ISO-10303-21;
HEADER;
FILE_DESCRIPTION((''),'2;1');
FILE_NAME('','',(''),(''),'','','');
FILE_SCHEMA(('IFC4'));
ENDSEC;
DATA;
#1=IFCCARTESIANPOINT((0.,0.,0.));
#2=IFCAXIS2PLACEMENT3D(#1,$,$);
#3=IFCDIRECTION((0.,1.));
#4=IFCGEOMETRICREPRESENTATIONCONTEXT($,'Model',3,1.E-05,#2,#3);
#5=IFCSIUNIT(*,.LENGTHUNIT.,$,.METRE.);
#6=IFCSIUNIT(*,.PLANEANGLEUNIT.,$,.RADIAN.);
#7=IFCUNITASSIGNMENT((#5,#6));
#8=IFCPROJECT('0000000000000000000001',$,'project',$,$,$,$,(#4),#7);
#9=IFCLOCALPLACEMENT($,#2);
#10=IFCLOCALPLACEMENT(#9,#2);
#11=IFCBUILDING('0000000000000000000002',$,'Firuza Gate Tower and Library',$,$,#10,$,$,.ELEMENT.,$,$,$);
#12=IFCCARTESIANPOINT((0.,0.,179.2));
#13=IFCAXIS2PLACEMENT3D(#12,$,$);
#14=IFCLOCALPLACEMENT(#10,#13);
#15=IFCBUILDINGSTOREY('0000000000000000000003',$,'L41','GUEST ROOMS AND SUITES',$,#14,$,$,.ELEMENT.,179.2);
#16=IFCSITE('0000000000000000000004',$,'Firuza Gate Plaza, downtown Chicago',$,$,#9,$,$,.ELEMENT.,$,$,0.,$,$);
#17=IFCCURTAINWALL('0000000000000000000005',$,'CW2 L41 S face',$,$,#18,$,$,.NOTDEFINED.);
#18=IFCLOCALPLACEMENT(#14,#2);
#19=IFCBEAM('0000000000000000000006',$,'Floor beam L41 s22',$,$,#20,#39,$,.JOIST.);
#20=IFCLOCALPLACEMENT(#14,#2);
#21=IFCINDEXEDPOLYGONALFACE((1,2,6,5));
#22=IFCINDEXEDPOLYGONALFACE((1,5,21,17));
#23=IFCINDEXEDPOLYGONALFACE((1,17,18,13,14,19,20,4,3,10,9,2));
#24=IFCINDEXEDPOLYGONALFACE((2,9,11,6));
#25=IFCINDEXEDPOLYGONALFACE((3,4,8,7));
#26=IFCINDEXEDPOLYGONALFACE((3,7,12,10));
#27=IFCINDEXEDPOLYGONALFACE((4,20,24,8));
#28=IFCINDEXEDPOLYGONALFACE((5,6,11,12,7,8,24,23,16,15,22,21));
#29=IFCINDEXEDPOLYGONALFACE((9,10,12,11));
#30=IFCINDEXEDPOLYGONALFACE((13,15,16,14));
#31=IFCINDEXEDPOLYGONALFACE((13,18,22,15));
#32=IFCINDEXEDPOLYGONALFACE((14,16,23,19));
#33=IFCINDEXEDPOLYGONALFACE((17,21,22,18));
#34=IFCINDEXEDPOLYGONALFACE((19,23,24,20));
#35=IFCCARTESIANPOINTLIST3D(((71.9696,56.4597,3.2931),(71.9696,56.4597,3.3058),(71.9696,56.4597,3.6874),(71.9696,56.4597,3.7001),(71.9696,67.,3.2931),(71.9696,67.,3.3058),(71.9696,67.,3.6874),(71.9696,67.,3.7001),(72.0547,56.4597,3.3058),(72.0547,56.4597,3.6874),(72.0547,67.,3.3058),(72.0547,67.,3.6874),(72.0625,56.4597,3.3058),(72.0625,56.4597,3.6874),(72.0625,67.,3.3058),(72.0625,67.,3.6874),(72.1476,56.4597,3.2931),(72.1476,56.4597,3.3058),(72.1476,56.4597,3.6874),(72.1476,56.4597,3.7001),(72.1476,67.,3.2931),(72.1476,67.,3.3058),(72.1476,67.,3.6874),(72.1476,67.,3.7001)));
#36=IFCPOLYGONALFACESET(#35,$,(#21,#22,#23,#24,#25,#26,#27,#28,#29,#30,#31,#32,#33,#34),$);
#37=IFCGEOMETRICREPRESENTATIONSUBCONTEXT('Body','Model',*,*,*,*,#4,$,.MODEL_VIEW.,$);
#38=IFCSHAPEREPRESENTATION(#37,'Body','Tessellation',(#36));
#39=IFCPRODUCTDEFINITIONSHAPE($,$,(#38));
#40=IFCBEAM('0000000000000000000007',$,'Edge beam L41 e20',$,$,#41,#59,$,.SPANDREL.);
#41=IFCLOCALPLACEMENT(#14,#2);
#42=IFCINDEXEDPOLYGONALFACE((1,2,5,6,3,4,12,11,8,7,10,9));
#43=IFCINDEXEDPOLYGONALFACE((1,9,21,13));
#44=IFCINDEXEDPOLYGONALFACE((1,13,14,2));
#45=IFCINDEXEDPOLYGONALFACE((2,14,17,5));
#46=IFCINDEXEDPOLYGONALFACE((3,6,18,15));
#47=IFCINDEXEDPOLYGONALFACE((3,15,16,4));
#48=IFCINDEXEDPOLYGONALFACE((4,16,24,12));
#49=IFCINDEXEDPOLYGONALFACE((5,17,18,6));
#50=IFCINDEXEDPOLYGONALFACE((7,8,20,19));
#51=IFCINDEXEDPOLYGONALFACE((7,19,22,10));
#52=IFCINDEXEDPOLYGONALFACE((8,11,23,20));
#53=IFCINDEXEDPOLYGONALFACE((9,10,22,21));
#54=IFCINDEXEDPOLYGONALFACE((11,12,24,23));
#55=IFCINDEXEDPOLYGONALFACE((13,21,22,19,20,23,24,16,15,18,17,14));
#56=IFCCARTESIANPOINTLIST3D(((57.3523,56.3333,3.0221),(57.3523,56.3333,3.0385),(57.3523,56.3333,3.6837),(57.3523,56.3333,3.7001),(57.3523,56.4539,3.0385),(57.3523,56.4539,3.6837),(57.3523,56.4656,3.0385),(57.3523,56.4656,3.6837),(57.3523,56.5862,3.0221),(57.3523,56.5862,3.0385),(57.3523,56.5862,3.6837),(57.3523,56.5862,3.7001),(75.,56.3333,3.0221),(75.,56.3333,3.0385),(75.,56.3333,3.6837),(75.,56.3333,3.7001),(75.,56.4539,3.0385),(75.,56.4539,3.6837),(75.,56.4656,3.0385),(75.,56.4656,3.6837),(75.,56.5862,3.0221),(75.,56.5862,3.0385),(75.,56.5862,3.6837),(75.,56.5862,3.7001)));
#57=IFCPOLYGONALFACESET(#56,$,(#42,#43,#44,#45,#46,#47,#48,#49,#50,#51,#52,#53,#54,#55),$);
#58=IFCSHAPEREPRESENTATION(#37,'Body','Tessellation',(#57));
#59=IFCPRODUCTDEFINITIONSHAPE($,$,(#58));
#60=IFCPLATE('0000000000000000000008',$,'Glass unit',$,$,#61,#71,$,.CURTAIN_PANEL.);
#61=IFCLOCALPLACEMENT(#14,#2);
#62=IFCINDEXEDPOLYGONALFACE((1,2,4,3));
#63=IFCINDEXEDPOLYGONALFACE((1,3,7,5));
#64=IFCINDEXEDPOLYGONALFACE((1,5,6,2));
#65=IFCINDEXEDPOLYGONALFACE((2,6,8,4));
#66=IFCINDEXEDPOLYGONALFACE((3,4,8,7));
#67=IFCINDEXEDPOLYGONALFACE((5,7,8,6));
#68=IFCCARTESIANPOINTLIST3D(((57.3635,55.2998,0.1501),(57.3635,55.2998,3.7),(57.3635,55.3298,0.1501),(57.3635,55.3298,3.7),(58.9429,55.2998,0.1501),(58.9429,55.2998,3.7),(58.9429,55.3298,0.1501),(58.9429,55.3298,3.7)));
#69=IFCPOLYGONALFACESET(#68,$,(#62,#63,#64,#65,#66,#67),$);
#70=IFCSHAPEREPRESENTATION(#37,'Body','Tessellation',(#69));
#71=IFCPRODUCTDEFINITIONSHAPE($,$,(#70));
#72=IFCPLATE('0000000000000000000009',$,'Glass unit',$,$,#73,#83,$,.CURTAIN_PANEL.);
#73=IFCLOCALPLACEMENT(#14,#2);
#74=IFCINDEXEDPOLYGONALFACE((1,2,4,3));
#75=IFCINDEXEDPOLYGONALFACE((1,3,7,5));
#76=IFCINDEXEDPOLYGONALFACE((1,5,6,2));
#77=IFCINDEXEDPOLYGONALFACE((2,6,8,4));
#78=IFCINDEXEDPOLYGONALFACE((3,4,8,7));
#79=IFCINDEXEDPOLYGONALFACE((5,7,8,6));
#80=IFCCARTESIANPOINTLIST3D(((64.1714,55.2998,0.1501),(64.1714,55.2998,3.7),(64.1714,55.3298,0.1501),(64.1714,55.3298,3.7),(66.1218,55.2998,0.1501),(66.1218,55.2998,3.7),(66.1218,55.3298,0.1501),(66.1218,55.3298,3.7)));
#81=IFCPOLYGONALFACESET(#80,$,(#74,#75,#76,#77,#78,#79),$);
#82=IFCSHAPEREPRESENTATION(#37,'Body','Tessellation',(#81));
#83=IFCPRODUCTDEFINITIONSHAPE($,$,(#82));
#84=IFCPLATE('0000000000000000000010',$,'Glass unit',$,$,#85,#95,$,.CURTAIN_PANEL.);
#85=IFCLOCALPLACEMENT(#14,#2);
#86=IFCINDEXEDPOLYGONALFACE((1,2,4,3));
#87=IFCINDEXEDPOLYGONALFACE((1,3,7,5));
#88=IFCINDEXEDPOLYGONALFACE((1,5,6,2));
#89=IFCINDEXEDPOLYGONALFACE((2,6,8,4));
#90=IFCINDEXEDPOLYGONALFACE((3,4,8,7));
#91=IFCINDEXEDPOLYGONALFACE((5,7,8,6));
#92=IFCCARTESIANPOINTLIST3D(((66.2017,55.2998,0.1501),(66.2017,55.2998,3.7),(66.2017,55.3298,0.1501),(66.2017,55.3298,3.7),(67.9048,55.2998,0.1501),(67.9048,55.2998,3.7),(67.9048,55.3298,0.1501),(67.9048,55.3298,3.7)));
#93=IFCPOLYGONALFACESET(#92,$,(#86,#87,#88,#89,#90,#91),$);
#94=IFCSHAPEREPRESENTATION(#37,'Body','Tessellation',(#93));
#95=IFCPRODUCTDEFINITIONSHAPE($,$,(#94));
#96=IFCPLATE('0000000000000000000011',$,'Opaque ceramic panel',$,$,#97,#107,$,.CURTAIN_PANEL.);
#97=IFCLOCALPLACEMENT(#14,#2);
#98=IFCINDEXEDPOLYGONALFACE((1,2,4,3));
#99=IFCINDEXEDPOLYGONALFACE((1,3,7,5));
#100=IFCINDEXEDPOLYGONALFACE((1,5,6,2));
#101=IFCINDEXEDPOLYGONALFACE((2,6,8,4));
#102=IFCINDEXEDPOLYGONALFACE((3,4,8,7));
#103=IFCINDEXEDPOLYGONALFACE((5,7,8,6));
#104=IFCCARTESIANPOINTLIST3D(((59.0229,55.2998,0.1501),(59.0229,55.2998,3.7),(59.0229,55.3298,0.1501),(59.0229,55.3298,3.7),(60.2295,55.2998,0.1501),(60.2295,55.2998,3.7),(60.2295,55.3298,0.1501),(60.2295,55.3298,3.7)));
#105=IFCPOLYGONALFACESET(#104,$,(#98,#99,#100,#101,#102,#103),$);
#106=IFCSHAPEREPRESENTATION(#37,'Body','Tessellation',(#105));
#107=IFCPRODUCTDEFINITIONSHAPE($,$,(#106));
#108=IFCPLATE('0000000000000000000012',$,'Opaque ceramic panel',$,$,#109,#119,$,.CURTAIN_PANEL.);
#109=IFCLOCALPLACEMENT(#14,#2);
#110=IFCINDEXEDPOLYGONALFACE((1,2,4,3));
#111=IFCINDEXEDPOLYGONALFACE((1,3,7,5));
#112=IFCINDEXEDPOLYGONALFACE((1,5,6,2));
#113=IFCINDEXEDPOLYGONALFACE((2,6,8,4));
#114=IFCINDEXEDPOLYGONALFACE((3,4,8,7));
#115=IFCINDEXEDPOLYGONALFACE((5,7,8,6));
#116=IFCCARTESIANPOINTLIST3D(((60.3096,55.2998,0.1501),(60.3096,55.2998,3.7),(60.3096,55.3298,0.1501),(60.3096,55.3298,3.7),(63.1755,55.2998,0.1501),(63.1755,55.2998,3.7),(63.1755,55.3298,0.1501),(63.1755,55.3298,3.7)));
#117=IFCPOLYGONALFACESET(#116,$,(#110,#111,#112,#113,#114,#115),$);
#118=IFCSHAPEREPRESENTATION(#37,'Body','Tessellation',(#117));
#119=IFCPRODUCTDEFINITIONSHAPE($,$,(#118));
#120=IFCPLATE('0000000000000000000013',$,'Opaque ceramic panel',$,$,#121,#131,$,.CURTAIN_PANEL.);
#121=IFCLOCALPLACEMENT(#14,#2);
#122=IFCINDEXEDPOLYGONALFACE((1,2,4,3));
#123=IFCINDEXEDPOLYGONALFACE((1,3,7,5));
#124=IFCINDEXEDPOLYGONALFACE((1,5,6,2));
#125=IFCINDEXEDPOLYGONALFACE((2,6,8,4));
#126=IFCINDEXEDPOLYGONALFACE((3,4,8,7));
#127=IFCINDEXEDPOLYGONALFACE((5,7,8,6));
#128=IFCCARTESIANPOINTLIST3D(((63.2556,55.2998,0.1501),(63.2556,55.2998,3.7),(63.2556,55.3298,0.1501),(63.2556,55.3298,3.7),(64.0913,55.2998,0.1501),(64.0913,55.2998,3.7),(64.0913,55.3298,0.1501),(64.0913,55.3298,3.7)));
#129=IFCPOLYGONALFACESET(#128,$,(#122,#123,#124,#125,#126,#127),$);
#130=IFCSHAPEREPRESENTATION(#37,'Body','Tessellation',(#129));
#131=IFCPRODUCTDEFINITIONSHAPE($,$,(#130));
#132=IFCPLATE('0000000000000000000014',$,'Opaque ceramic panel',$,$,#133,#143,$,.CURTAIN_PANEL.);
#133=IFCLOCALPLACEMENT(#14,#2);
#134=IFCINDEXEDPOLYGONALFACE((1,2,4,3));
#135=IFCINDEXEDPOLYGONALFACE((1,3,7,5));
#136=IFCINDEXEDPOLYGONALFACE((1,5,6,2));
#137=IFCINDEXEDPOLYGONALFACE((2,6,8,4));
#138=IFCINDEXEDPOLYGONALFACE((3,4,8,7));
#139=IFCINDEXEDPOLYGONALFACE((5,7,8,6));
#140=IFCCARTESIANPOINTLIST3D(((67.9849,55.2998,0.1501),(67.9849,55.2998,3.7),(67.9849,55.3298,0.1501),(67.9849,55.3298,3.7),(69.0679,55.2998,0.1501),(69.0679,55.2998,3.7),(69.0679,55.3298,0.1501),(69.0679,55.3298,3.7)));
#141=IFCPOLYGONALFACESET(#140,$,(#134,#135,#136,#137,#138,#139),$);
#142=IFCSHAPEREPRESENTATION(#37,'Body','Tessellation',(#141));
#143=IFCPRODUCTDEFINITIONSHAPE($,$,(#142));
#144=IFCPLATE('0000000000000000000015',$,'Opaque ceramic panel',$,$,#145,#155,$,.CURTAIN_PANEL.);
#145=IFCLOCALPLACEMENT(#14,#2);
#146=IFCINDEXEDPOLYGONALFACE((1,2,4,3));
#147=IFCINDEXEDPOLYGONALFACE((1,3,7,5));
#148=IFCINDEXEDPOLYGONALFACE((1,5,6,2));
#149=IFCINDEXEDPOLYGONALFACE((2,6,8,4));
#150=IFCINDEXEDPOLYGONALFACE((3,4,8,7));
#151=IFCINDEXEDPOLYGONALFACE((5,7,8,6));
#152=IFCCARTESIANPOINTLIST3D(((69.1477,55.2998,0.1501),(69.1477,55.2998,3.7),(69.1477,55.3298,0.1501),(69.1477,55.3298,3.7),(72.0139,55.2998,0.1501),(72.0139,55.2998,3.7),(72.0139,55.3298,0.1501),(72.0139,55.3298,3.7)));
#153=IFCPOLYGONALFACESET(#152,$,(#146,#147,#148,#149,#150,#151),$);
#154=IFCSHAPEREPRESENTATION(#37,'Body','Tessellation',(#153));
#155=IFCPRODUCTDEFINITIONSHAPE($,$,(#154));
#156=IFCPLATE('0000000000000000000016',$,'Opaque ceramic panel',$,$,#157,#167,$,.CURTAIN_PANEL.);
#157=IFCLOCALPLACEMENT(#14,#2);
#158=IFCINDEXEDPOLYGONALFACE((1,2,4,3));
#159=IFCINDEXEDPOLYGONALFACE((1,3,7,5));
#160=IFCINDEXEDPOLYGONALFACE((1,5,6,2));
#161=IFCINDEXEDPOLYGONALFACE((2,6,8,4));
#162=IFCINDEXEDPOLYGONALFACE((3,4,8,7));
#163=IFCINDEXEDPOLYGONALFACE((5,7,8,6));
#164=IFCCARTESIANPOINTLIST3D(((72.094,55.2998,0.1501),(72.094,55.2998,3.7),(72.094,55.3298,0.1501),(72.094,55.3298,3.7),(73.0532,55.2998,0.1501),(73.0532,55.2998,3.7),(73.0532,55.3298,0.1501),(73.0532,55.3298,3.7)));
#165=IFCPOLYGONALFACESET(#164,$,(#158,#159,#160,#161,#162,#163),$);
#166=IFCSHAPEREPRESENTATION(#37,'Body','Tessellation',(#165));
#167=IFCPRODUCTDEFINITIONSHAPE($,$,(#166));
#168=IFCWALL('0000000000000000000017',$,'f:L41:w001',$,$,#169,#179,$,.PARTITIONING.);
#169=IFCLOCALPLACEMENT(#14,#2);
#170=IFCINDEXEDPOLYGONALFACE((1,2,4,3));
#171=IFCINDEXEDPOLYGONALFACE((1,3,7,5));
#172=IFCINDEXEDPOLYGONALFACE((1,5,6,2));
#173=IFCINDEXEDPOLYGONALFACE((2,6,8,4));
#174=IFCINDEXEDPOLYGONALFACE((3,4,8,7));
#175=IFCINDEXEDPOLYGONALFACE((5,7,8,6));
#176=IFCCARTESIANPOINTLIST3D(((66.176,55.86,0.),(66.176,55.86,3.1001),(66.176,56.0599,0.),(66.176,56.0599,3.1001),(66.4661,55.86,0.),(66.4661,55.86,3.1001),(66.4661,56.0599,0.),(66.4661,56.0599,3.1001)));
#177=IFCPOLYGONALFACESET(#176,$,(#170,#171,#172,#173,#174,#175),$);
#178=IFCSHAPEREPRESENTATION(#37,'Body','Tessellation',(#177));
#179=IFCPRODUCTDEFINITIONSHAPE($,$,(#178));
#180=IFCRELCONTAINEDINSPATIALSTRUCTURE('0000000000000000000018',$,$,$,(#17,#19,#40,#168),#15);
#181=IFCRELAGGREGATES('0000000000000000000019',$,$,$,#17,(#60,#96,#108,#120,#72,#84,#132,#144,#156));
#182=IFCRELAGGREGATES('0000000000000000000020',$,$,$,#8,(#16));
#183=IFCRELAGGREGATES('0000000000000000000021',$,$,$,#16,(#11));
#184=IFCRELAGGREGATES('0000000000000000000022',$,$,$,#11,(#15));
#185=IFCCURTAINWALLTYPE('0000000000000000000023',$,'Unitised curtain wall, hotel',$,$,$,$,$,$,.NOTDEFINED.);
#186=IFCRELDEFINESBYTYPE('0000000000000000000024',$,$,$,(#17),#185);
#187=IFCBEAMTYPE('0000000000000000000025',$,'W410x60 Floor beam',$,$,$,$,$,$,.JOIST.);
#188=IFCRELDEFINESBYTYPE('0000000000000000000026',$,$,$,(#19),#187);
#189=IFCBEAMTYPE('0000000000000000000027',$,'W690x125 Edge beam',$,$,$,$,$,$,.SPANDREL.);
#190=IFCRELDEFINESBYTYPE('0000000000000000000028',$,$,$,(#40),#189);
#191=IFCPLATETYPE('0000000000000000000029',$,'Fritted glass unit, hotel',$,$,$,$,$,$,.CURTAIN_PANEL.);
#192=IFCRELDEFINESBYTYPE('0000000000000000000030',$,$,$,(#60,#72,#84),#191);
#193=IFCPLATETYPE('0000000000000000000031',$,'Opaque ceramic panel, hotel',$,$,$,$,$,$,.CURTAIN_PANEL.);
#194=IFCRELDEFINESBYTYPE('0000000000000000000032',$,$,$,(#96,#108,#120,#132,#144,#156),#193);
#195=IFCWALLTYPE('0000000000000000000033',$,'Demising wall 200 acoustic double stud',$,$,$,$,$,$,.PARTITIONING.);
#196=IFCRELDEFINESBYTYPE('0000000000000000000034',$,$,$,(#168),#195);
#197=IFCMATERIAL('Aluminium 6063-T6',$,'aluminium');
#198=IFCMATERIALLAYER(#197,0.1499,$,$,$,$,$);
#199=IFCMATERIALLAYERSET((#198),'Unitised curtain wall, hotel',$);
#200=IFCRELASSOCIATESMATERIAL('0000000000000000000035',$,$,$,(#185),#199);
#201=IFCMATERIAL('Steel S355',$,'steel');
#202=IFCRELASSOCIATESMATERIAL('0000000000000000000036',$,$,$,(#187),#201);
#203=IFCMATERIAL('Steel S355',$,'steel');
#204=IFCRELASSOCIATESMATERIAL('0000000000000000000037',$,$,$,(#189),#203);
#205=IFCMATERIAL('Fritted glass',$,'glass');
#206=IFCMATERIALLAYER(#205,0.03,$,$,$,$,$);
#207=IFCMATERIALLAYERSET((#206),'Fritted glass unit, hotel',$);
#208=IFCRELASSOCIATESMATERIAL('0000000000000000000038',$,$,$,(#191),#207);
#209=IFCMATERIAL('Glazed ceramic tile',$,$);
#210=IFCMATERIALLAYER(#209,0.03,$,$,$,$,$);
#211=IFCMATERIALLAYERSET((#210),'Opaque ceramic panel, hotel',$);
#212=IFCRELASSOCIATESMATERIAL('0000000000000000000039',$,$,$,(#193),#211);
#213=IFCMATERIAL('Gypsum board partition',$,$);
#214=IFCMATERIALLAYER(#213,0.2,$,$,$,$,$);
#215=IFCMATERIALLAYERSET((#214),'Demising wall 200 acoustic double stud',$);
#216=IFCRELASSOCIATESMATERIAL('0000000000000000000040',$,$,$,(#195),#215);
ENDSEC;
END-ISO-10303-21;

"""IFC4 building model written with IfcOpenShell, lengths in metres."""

from ifc_helpers import new_model, si_unit, direction, frame, frame_2d, origin, origin_2d, place, context, subcontext, project, spatial, polyline, rectangle, i_section, outline, extrude, material, layer, layer_set, material_profile, profile_set, type_object, element, aggregate, save


model = new_model("IFC4")

# Units and contexts
model_context = context("Model", 3, precision=1e-05, world=origin(), true_north=direction((0.0, 1.0)))
body_context = subcontext(model_context, "Body", "Model", "MODEL_VIEW")
ifc_project = project(units=[si_unit("LENGTHUNIT", "METRE"), si_unit("PLANEANGLEUNIT", "RADIAN")], contexts=[model_context])

# Site, building, storey
site_placement = place(None, origin())
site = spatial("IfcSite", under=ifc_project, at=site_placement, Name="Firuza Gate Plaza, downtown Chicago", CompositionType="ELEMENT", RefElevation=0.0)
building_placement = place(site_placement, origin())
building = spatial("IfcBuilding", under=site, at=building_placement, Name="Firuza Gate Tower and Library", CompositionType="ELEMENT")
storey_placement = place(building_placement, frame((0.0, 0.0, 179.2)))
storey = spatial("IfcBuildingStorey", under=building, at=storey_placement, Name="L41", Description="GUEST ROOMS AND SUITES", CompositionType="ELEMENT", Elevation=179.2)

# Curtain wall
ifc_material_1 = material(Name="Aluminium 6063-T6", Category="aluminium")
ifc_layer_1 = layer(ifc_material_1, 0.1499)
ifc_layer_set_1 = layer_set([ifc_layer_1], Name="Unitised curtain wall, hotel")
curtain_wall_type = type_object("IfcCurtainWallType", Name="Unitised curtain wall, hotel", PredefinedType="NOTDEFINED", material=ifc_layer_set_1)
curtain_wall_placement = place(storey_placement, origin())
curtain_wall = element("IfcCurtainWall", 1, at=curtain_wall_placement, inside=storey, type_object=curtain_wall_type, Name="CW2 L41 S face", PredefinedType="NOTDEFINED")

# Beams
ifc_material_2 = material(Name="Steel S355", Category="steel")
ifc_material_profile_1 = material_profile(ifc_material_2, i_section(OverallWidth=0.178, OverallDepth=0.407, WebThickness=0.0078, FlangeThickness=0.0127, at=origin_2d()))
ifc_profile_set_1 = profile_set([ifc_material_profile_1], Name="Steel S355")
beam_type_1 = type_object("IfcBeamType", Name="W410x60 Floor beam", PredefinedType="JOIST", material=ifc_profile_set_1)
for number, where, z_axis, x_axis, name in (
    (2, (72.0586, 56.4597, 3.4966), (0.0, 1.0, 0.0), (-1.0, 0.0, 0.0), "Floor beam L41 s22"),
):
    element("IfcBeam", number, at=place(storey_placement, frame(where, z_axis=z_axis, x_axis=x_axis)), inside=storey, type_object=beam_type_1, Name=name, PredefinedType="JOIST", context=body_context, shape_type="SweptSolid", body=[
        extrude(i_section(OverallWidth=0.178, OverallDepth=0.407, WebThickness=0.0078, FlangeThickness=0.0127, at=origin_2d()), origin(), (0.0, 0.0, 1.0), 10.5403),
    ])
ifc_material_3 = material(Name="Steel S355", Category="steel")
ifc_material_profile_2 = material_profile(ifc_material_3, i_section(OverallWidth=0.2529, OverallDepth=0.678, WebThickness=0.0117, FlangeThickness=0.0164, at=origin_2d()))
ifc_profile_set_2 = profile_set([ifc_material_profile_2], Name="Steel S355")
beam_type_2 = type_object("IfcBeamType", Name="W690x125 Edge beam", PredefinedType="SPANDREL", material=ifc_profile_set_2)
beam_1_placement = place(storey_placement, frame((57.3523, 56.4597, 3.3611), z_axis=(1.0, 0.0, 0.0), x_axis=(0.0, 1.0, 0.0)))
element("IfcBeam", 3, at=beam_1_placement, inside=storey, type_object=beam_type_2, Name="Edge beam L41 e20", PredefinedType="SPANDREL", context=body_context, shape_type="SweptSolid", body=[
    extrude(i_section(OverallWidth=0.2529, OverallDepth=0.678, WebThickness=0.0117, FlangeThickness=0.0164, at=origin_2d()), origin(), (0.0, 0.0, 1.0), 17.6477),
])

# Plates
ifc_material_4 = material(Name="Fritted glass", Category="glass")
ifc_layer_2 = layer(ifc_material_4, 0.03)
ifc_layer_set_2 = layer_set([ifc_layer_2], Name="Fritted glass unit, hotel")
plate_type_1 = type_object("IfcPlateType", Name="Fritted glass unit, hotel", PredefinedType="CURTAIN_PANEL", material=ifc_layer_set_2)
plate_1_placement = place(storey_placement, frame((57.3635, 55.2998, 0.1501), z_axis=(0.0, -1.0, 0.0), x_axis=(1.0, 0.0, 0.0)))
plate_1 = element("IfcPlate", 4, at=plate_1_placement, type_object=plate_type_1, Name="Glass unit", PredefinedType="CURTAIN_PANEL", context=body_context, shape_type="SweptSolid", body=[
    extrude(outline(polyline([(0.0, 0.0), (1.5793, 0.0), (1.5793, 3.5498), (0.0, 3.5498), (0.0, 0.0)])), origin(), (0.0, 0.0, -1.0), 0.03),
])
plate_2_placement = place(storey_placement, frame((64.1714, 55.2998, 0.1501), z_axis=(0.0, -1.0, 0.0), x_axis=(1.0, 0.0, 0.0)))
plate_2 = element("IfcPlate", 5, at=plate_2_placement, type_object=plate_type_1, Name="Glass unit", PredefinedType="CURTAIN_PANEL", context=body_context, shape_type="SweptSolid", body=[
    extrude(outline(polyline([(0.0, 0.0), (1.9504, 0.0), (1.9504, 3.5498), (0.0, 3.5498), (0.0, 0.0)])), origin(), (0.0, 0.0, -1.0), 0.03),
])
plate_3_placement = place(storey_placement, frame((66.2017, 55.2998, 0.1501), z_axis=(0.0, -1.0, 0.0), x_axis=(1.0, 0.0, 0.0)))
plate_3 = element("IfcPlate", 6, at=plate_3_placement, type_object=plate_type_1, Name="Glass unit", PredefinedType="CURTAIN_PANEL", context=body_context, shape_type="SweptSolid", body=[
    extrude(outline(polyline([(0.0, 0.0), (1.7031, 0.0), (1.7031, 3.5498), (0.0, 3.5498), (0.0, 0.0)])), origin(), (0.0, 0.0, -1.0), 0.03),
])
ifc_material_5 = material(Name="Glazed ceramic tile")
ifc_layer_3 = layer(ifc_material_5, 0.03)
ifc_layer_set_3 = layer_set([ifc_layer_3], Name="Opaque ceramic panel, hotel")
plate_type_2 = type_object("IfcPlateType", Name="Opaque ceramic panel, hotel", PredefinedType="CURTAIN_PANEL", material=ifc_layer_set_3)
plate_4_placement = place(storey_placement, frame((59.0229, 55.2998, 0.1501), z_axis=(0.0, -1.0, 0.0), x_axis=(1.0, 0.0, 0.0)))
plate_4 = element("IfcPlate", 7, at=plate_4_placement, type_object=plate_type_2, Name="Opaque ceramic panel", PredefinedType="CURTAIN_PANEL", context=body_context, shape_type="SweptSolid", body=[
    extrude(outline(polyline([(0.0, 0.0), (1.2065, 0.0), (1.2065, 3.5498), (0.0, 3.5498), (0.0, 0.0)])), origin(), (0.0, 0.0, -1.0), 0.03),
])
plate_5_placement = place(storey_placement, frame((60.3096, 55.2998, 0.1501), z_axis=(0.0, -1.0, 0.0), x_axis=(1.0, 0.0, 0.0)))
plate_5 = element("IfcPlate", 8, at=plate_5_placement, type_object=plate_type_2, Name="Opaque ceramic panel", PredefinedType="CURTAIN_PANEL", context=body_context, shape_type="SweptSolid", body=[
    extrude(outline(polyline([(0.0, 0.0), (2.866, 0.0), (2.866, 3.5498), (0.0, 3.5498), (0.0, 0.0)])), origin(), (0.0, 0.0, -1.0), 0.03),
])
plate_6_placement = place(storey_placement, frame((63.2556, 55.2998, 0.1501), z_axis=(0.0, -1.0, 0.0), x_axis=(1.0, 0.0, 0.0)))
plate_6 = element("IfcPlate", 9, at=plate_6_placement, type_object=plate_type_2, Name="Opaque ceramic panel", PredefinedType="CURTAIN_PANEL", context=body_context, shape_type="SweptSolid", body=[
    extrude(outline(polyline([(0.0, 0.0), (0.8357, 0.0), (0.8357, 3.5498), (0.0, 3.5498), (0.0, 0.0)])), origin(), (0.0, 0.0, -1.0), 0.03),
])
plate_7_placement = place(storey_placement, frame((67.9849, 55.2998, 0.1501), z_axis=(0.0, -1.0, 0.0), x_axis=(1.0, 0.0, 0.0)))
plate_7 = element("IfcPlate", 10, at=plate_7_placement, type_object=plate_type_2, Name="Opaque ceramic panel", PredefinedType="CURTAIN_PANEL", context=body_context, shape_type="SweptSolid", body=[
    extrude(outline(polyline([(0.0, 0.0), (1.083, 0.0), (1.083, 3.5498), (0.0, 3.5498), (0.0, 0.0)])), origin(), (0.0, 0.0, -1.0), 0.03),
])
plate_8_placement = place(storey_placement, frame((69.1477, 55.2998, 0.1501), z_axis=(0.0, -1.0, 0.0), x_axis=(1.0, 0.0, 0.0)))
plate_8 = element("IfcPlate", 11, at=plate_8_placement, type_object=plate_type_2, Name="Opaque ceramic panel", PredefinedType="CURTAIN_PANEL", context=body_context, shape_type="SweptSolid", body=[
    extrude(outline(polyline([(0.0, 0.0), (2.8662, 0.0), (2.8662, 3.5498), (0.0, 3.5498), (0.0, 0.0)])), origin(), (0.0, 0.0, -1.0), 0.03),
])
plate_9_placement = place(storey_placement, frame((72.094, 55.2998, 0.1501), z_axis=(0.0, -1.0, 0.0), x_axis=(1.0, 0.0, 0.0)))
plate_9 = element("IfcPlate", 12, at=plate_9_placement, type_object=plate_type_2, Name="Opaque ceramic panel", PredefinedType="CURTAIN_PANEL", context=body_context, shape_type="SweptSolid", body=[
    extrude(outline(polyline([(0.0, 0.0), (0.9592, 0.0), (0.9592, 3.5498), (0.0, 3.5498), (0.0, 0.0)])), origin(), (0.0, 0.0, -1.0), 0.03),
])
aggregate(curtain_wall, [plate_1, plate_4, plate_5, plate_6, plate_2, plate_3, plate_7, plate_8, plate_9])

# Wall
ifc_material_6 = material(Name="Gypsum board partition")
ifc_layer_4 = layer(ifc_material_6, 0.2)
ifc_layer_set_4 = layer_set([ifc_layer_4], Name="Demising wall 200 acoustic double stud")
wall_type = type_object("IfcWallType", Name="Demising wall 200 acoustic double stud", PredefinedType="PARTITIONING", material=ifc_layer_set_4)
wall_1_placement = place(storey_placement, frame((66.176, 55.96, 0.0), z_axis=(0.0, 0.0, 1.0), x_axis=(1.0, 0.0, 0.0)))
element("IfcWall", 13, at=wall_1_placement, inside=storey, type_object=wall_type, Name="f:L41:w001", PredefinedType="PARTITIONING", context=body_context, shape_type="SweptSolid", body=[
    extrude(rectangle(XDim=0.29, YDim=0.2, at=frame_2d((0.145, 0.0))), origin(), (0.0, 0.0, 1.0), 3.1001),
])

save(model, "model.ifc")
